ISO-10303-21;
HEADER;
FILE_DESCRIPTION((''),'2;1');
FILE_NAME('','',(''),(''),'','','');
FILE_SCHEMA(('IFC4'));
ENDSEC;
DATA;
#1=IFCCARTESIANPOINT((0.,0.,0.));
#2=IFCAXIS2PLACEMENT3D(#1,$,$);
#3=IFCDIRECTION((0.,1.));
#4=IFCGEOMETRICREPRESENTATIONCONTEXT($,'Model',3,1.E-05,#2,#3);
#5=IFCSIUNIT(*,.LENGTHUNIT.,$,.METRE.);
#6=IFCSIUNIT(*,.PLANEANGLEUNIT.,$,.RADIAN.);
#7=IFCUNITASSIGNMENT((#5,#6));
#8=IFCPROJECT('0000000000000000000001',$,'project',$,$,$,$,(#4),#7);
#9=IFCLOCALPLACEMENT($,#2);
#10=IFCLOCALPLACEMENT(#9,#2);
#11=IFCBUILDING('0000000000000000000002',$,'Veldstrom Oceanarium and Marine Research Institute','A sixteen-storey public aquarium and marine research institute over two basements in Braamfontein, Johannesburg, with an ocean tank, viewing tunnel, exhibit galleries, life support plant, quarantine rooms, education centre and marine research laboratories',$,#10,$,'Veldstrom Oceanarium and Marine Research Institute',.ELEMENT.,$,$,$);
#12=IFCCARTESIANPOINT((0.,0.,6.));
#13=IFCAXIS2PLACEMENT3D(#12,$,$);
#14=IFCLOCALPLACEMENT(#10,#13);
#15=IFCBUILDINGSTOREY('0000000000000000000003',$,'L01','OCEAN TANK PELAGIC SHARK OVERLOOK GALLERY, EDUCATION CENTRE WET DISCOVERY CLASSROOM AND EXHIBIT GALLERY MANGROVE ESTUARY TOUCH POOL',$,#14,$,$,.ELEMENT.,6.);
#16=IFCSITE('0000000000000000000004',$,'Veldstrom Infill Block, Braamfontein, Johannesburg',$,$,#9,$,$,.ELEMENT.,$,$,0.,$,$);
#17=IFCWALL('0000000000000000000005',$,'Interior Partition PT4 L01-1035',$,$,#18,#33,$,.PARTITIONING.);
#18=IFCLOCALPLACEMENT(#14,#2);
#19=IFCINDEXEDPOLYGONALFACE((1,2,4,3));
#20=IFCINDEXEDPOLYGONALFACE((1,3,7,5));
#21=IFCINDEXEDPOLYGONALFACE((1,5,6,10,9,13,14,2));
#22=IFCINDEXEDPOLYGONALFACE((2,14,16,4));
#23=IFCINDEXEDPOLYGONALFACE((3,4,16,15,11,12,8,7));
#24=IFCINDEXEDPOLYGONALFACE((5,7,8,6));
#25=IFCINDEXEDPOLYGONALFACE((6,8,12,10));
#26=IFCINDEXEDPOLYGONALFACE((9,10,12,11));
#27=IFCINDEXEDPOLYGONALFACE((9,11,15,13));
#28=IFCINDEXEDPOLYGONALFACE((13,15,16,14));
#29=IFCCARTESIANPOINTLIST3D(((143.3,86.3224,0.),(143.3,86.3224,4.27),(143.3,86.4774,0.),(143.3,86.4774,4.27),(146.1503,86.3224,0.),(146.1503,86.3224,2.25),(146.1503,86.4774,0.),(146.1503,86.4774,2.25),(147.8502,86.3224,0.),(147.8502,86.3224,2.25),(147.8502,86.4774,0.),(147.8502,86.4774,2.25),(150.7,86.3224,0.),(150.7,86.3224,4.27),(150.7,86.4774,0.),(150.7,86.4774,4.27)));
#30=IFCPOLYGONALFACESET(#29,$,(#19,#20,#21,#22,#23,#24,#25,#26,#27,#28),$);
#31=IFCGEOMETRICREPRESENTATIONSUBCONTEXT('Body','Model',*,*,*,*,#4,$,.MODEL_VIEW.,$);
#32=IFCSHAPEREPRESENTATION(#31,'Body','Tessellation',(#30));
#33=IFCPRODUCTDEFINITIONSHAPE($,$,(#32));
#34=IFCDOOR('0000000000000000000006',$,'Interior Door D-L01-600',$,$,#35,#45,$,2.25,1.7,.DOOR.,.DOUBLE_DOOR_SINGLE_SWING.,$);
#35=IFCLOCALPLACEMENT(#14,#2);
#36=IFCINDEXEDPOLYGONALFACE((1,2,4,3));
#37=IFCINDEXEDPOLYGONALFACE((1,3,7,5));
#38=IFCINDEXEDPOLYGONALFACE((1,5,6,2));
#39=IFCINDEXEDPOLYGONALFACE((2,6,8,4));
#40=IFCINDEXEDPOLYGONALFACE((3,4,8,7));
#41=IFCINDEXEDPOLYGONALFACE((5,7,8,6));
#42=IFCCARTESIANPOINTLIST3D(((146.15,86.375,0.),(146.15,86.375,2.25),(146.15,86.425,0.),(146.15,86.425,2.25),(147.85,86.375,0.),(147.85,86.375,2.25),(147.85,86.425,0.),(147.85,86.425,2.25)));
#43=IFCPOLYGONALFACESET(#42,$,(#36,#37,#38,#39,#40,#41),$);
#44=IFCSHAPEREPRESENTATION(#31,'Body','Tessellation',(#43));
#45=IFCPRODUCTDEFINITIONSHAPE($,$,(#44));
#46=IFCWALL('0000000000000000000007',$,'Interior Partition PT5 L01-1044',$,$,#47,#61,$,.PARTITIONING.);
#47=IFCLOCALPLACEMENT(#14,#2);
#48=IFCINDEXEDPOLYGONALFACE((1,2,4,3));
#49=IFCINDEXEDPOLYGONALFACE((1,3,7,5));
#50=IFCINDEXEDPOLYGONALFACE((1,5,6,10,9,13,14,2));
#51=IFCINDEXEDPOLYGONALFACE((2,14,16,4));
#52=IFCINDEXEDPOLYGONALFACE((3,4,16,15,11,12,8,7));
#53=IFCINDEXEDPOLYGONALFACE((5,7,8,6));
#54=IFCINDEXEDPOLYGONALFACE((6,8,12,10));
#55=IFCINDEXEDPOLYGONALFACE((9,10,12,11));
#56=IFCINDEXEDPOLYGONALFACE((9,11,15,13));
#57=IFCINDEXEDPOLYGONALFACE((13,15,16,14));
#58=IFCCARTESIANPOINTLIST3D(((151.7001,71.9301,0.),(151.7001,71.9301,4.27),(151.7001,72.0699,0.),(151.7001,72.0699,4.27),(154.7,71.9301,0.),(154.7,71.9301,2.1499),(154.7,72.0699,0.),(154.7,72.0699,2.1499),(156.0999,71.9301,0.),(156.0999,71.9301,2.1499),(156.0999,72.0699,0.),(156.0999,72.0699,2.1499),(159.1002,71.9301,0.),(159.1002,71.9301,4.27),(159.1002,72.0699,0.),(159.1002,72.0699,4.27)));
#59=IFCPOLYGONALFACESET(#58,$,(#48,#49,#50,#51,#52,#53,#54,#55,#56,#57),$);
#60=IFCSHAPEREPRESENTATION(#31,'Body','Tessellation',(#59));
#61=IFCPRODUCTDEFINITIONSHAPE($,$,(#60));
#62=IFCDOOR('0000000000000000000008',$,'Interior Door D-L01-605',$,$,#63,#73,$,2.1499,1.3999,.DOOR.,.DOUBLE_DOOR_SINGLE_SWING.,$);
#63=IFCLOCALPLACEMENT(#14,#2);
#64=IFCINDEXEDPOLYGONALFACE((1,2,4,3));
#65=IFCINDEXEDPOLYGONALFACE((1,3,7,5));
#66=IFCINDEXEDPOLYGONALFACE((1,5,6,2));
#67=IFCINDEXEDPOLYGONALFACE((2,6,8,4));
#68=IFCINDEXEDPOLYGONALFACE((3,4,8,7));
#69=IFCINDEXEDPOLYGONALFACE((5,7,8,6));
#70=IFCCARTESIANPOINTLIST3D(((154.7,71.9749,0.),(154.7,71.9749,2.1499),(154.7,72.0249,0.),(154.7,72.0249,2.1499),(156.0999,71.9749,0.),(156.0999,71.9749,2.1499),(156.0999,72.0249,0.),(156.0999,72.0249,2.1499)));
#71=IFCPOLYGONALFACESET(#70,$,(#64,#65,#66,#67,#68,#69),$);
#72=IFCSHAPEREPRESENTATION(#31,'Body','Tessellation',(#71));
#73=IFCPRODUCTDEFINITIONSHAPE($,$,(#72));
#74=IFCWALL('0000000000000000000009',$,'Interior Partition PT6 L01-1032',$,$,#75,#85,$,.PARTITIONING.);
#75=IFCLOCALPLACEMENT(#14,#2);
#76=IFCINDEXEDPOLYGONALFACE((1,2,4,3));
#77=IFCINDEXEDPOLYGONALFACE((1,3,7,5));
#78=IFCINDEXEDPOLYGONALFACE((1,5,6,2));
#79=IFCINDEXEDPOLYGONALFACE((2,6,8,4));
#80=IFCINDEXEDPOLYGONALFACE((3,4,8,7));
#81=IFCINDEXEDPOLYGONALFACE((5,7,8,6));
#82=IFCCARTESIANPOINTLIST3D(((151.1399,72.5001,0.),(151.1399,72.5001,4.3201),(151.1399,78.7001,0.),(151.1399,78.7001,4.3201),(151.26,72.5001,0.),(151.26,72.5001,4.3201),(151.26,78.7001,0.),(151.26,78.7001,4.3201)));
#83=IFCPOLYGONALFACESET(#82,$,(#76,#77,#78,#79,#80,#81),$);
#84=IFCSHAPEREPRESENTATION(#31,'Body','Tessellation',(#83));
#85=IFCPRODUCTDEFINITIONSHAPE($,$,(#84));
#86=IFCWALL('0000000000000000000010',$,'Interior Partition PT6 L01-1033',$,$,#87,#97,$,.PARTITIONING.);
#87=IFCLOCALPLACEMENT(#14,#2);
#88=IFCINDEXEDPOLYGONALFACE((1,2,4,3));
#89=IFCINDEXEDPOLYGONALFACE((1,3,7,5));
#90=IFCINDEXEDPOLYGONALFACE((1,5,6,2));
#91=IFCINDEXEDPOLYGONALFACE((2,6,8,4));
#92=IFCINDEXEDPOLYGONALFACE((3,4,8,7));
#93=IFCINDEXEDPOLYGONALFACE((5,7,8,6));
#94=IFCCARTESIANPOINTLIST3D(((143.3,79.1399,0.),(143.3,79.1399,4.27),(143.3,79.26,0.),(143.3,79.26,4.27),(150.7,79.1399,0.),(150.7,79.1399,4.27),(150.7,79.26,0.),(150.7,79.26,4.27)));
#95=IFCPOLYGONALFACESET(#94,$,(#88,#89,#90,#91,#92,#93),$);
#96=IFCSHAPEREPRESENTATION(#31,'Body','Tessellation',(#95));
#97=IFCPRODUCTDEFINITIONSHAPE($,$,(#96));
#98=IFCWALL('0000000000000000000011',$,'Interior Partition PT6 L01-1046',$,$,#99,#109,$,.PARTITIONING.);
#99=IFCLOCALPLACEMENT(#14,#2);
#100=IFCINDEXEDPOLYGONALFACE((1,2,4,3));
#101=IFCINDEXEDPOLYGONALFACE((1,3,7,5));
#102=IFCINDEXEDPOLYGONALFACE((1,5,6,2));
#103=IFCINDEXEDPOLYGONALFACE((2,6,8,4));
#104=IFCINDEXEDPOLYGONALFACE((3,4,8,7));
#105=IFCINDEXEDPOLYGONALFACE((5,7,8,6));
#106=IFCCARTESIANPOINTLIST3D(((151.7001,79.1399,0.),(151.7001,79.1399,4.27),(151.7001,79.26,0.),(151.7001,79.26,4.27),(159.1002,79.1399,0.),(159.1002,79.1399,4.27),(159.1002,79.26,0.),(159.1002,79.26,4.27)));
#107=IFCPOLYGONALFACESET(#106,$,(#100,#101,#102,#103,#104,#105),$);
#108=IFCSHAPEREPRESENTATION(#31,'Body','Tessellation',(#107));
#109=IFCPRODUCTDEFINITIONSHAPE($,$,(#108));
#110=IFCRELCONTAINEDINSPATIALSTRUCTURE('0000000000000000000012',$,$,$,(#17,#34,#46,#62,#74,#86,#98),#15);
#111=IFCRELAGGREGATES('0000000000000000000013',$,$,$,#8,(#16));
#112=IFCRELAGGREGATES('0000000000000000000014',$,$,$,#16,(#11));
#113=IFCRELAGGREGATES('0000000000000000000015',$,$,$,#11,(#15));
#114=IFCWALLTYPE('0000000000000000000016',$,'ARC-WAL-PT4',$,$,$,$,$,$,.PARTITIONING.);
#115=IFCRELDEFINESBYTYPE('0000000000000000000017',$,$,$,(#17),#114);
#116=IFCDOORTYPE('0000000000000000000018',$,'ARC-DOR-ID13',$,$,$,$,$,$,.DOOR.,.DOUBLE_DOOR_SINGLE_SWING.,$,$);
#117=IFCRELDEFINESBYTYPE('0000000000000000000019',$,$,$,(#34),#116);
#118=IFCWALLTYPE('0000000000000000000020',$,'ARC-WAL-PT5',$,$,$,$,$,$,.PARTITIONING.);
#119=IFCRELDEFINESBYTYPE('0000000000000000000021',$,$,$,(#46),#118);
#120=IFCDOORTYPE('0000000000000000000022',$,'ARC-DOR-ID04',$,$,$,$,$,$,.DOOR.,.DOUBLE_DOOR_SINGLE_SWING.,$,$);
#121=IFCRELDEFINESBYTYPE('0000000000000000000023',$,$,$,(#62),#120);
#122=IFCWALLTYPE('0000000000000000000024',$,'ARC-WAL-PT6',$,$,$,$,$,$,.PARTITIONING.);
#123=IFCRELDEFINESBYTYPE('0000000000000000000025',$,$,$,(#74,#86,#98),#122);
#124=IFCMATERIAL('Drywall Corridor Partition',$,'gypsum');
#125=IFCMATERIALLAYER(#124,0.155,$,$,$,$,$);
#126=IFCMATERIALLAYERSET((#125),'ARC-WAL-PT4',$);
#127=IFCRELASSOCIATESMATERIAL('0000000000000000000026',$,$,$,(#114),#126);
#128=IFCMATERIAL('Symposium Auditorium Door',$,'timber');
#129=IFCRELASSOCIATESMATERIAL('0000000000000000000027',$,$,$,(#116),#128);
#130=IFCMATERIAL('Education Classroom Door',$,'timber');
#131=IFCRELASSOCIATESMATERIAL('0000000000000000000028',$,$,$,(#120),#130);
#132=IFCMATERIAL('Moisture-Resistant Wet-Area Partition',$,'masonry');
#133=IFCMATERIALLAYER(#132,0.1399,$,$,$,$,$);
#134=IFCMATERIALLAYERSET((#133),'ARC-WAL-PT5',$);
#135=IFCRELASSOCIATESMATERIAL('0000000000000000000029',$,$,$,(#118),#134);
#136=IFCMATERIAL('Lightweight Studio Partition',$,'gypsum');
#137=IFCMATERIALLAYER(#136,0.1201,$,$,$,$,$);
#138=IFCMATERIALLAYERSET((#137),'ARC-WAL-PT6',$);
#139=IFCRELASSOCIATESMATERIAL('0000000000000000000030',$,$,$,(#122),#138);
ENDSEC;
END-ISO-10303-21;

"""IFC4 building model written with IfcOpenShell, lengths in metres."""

from ifc_helpers import new_model, si_unit, direction, frame, frame_2d, origin, place, context, subcontext, project, spatial, rectangle, extrude, material, layer, layer_set, type_object, element, fill, save


model = new_model("IFC4")

# Units and contexts
model_context = context("Model", 3, precision=1e-05, world=origin(), true_north=direction((0.0, 1.0)))
body_context = subcontext(model_context, "Body", "Model", "MODEL_VIEW")
ifc_project = project(units=[si_unit("LENGTHUNIT", "METRE"), si_unit("PLANEANGLEUNIT", "RADIAN")], contexts=[model_context])

# Site, building, storey
site_placement = place(None, origin())
site = spatial("IfcSite", under=ifc_project, at=site_placement, Name="Veldstrom Infill Block, Braamfontein, Johannesburg", CompositionType="ELEMENT", RefElevation=0.0)
building_placement = place(site_placement, origin())
building = spatial("IfcBuilding", under=site, at=building_placement, Name="Veldstrom Oceanarium and Marine Research Institute", Description="A sixteen-storey public aquarium and marine research institute over two basements in Braamfontein, Johannesburg, with an ocean tank, viewing tunnel, exhibit galleries, life support plant, quarantine rooms, education centre and marine research laboratories", LongName="Veldstrom Oceanarium and Marine Research Institute", CompositionType="ELEMENT")
storey_placement = place(building_placement, frame((0.0, 0.0, 6.0)))
storey = spatial("IfcBuildingStorey", under=building, at=storey_placement, Name="L01", Description="OCEAN TANK PELAGIC SHARK OVERLOOK GALLERY, EDUCATION CENTRE WET DISCOVERY CLASSROOM AND EXHIBIT GALLERY MANGROVE ESTUARY TOUCH POOL", CompositionType="ELEMENT", Elevation=6.0)

# Walls, openings, doors
ifc_material_1 = material(Name="Drywall Corridor Partition", Category="gypsum")
ifc_layer_1 = layer(ifc_material_1, 0.155)
ifc_layer_set_1 = layer_set([ifc_layer_1], Name="ARC-WAL-PT4")
wall_type_1 = type_object("IfcWallType", Name="ARC-WAL-PT4", PredefinedType="PARTITIONING", material=ifc_layer_set_1)
ifc_material_2 = material(Name="Symposium Auditorium Door", Category="timber")
door_type_1 = type_object("IfcDoorType", Name="ARC-DOR-ID13", OperationType="DOUBLE_DOOR_SINGLE_SWING", PredefinedType="DOOR", material=ifc_material_2)
ifc_material_3 = material(Name="Education Classroom Door", Category="timber")
door_type_2 = type_object("IfcDoorType", Name="ARC-DOR-ID04", OperationType="DOUBLE_DOOR_SINGLE_SWING", PredefinedType="DOOR", material=ifc_material_3)
wall_1_placement = place(storey_placement, frame((143.3, 86.3999, 0.0), z_axis=(0.0, 0.0, 1.0), x_axis=(1.0, 0.0, 0.0)))
wall_1 = element("IfcWall", 1, at=wall_1_placement, inside=storey, type_object=wall_type_1, Name="Interior Partition PT4 L01-1035", PredefinedType="PARTITIONING", context=body_context, shape_type="SweptSolid", body=[
    extrude(rectangle(XDim=7.3999, YDim=0.155, at=frame_2d((3.7, 0.0))), origin(), (0.0, 0.0, 1.0), 4.27),
])
opening_1_placement = place(wall_1_placement, frame((2.8501, 0.0, 0.0)))
opening_1 = element("IfcOpeningElement", 2, at=opening_1_placement, cuts=wall_1, PredefinedType="OPENING", context=body_context, shape_type="SweptSolid", body=[
    extrude(rectangle(XDim=1.7, YDim=2.25, at=frame_2d((0.8501, 1.125))), frame((0.0, 0.0874, 0.0), z_axis=(0.0, -1.0, 0.0), x_axis=(1.0, 0.0, 0.0)), (0.0, 0.0, 1.0), 0.175),
])
door_1_placement = place(opening_1_placement, frame((1.7, 0.0, 0.0), z_axis=(0.0, 0.0, 1.0), x_axis=(-1.0, 0.0, 0.0)))
door_1 = element("IfcDoor", 3, at=door_1_placement, inside=storey, type_object=door_type_1, Name="Interior Door D-L01-600", OperationType="DOUBLE_DOOR_SINGLE_SWING", OverallHeight=2.25, OverallWidth=1.7, PredefinedType="DOOR", context=body_context, shape_type="SweptSolid", body=[
    extrude(rectangle(XDim=1.7, YDim=2.25, at=frame_2d((0.8501, 1.125))), frame((0.0, 0.0249, 0.0), z_axis=(0.0, -1.0, 0.0), x_axis=(1.0, 0.0, 0.0)), (0.0, 0.0, 1.0), 0.05),
])
fill(opening_1, door_1)
ifc_material_4 = material(Name="Moisture-Resistant Wet-Area Partition", Category="masonry")
ifc_layer_2 = layer(ifc_material_4, 0.1399)
ifc_layer_set_2 = layer_set([ifc_layer_2], Name="ARC-WAL-PT5")
wall_type_2 = type_object("IfcWallType", Name="ARC-WAL-PT5", PredefinedType="PARTITIONING", material=ifc_layer_set_2)
wall_2_placement = place(storey_placement, frame((151.7, 72.0, 0.0), z_axis=(0.0, 0.0, 1.0), x_axis=(1.0, 0.0, 0.0)))
wall_2 = element("IfcWall", 4, at=wall_2_placement, inside=storey, type_object=wall_type_2, Name="Interior Partition PT5 L01-1044", PredefinedType="PARTITIONING", context=body_context, shape_type="SweptSolid", body=[
    extrude(rectangle(XDim=7.4001, YDim=0.1399, at=frame_2d((3.7002, 0.0))), origin(), (0.0, 0.0, 1.0), 4.27),
])
opening_2_placement = place(wall_2_placement, frame((3.0, 0.0, 0.0)))
opening_2 = element("IfcOpeningElement", 5, at=opening_2_placement, cuts=wall_2, PredefinedType="OPENING", context=body_context, shape_type="SweptSolid", body=[
    extrude(rectangle(XDim=1.3999, YDim=2.1499, at=frame_2d((0.7, 1.075))), frame((0.0, 0.0798, 0.0), z_axis=(0.0, -1.0, 0.0), x_axis=(1.0, 0.0, 0.0)), (0.0, 0.0, 1.0), 0.1599),
])
door_2_placement = place(opening_2_placement, origin())
door_2 = element("IfcDoor", 6, at=door_2_placement, inside=storey, type_object=door_type_2, Name="Interior Door D-L01-605", OperationType="DOUBLE_DOOR_SINGLE_SWING", OverallHeight=2.1499, OverallWidth=1.3999, PredefinedType="DOOR", context=body_context, shape_type="SweptSolid", body=[
    extrude(rectangle(XDim=1.3999, YDim=2.1499, at=frame_2d((0.7, 1.075))), frame((0.0, 0.0249, 0.0), z_axis=(0.0, -1.0, 0.0), x_axis=(1.0, 0.0, 0.0)), (0.0, 0.0, 1.0), 0.05),
])
fill(opening_2, door_2)

# Walls
ifc_material_5 = material(Name="Lightweight Studio Partition", Category="gypsum")
ifc_layer_3 = layer(ifc_material_5, 0.1201)
ifc_layer_set_3 = layer_set([ifc_layer_3], Name="ARC-WAL-PT6")
wall_type_3 = type_object("IfcWallType", Name="ARC-WAL-PT6", PredefinedType="PARTITIONING", material=ifc_layer_set_3)
wall_3_placement = place(storey_placement, frame((151.2, 72.5, 0.0), z_axis=(0.0, 0.0, 1.0), x_axis=(0.0, 1.0, 0.0)))
element("IfcWall", 7, at=wall_3_placement, inside=storey, type_object=wall_type_3, Name="Interior Partition PT6 L01-1032", PredefinedType="PARTITIONING", context=body_context, shape_type="SweptSolid", body=[
    extrude(rectangle(XDim=6.2, YDim=0.1201, at=frame_2d((3.1001, 0.0))), origin(), (0.0, 0.0, 1.0), 4.3201),
])
wall_4_placement = place(storey_placement, frame((143.3, 79.2, 0.0), z_axis=(0.0, 0.0, 1.0), x_axis=(1.0, 0.0, 0.0)))
element("IfcWall", 8, at=wall_4_placement, inside=storey, type_object=wall_type_3, Name="Interior Partition PT6 L01-1033", PredefinedType="PARTITIONING", context=body_context, shape_type="SweptSolid", body=[
    extrude(rectangle(XDim=7.3999, YDim=0.1201, at=frame_2d((3.7, 0.0))), origin(), (0.0, 0.0, 1.0), 4.27),
])
wall_5_placement = place(storey_placement, frame((151.7, 79.2, 0.0), z_axis=(0.0, 0.0, 1.0), x_axis=(1.0, 0.0, 0.0)))
element("IfcWall", 9, at=wall_5_placement, inside=storey, type_object=wall_type_3, Name="Interior Partition PT6 L01-1046", PredefinedType="PARTITIONING", context=body_context, shape_type="SweptSolid", body=[
    extrude(rectangle(XDim=7.4001, YDim=0.1201, at=frame_2d((3.7002, 0.0))), origin(), (0.0, 0.0, 1.0), 4.27),
])

save(model, "model.ifc")
